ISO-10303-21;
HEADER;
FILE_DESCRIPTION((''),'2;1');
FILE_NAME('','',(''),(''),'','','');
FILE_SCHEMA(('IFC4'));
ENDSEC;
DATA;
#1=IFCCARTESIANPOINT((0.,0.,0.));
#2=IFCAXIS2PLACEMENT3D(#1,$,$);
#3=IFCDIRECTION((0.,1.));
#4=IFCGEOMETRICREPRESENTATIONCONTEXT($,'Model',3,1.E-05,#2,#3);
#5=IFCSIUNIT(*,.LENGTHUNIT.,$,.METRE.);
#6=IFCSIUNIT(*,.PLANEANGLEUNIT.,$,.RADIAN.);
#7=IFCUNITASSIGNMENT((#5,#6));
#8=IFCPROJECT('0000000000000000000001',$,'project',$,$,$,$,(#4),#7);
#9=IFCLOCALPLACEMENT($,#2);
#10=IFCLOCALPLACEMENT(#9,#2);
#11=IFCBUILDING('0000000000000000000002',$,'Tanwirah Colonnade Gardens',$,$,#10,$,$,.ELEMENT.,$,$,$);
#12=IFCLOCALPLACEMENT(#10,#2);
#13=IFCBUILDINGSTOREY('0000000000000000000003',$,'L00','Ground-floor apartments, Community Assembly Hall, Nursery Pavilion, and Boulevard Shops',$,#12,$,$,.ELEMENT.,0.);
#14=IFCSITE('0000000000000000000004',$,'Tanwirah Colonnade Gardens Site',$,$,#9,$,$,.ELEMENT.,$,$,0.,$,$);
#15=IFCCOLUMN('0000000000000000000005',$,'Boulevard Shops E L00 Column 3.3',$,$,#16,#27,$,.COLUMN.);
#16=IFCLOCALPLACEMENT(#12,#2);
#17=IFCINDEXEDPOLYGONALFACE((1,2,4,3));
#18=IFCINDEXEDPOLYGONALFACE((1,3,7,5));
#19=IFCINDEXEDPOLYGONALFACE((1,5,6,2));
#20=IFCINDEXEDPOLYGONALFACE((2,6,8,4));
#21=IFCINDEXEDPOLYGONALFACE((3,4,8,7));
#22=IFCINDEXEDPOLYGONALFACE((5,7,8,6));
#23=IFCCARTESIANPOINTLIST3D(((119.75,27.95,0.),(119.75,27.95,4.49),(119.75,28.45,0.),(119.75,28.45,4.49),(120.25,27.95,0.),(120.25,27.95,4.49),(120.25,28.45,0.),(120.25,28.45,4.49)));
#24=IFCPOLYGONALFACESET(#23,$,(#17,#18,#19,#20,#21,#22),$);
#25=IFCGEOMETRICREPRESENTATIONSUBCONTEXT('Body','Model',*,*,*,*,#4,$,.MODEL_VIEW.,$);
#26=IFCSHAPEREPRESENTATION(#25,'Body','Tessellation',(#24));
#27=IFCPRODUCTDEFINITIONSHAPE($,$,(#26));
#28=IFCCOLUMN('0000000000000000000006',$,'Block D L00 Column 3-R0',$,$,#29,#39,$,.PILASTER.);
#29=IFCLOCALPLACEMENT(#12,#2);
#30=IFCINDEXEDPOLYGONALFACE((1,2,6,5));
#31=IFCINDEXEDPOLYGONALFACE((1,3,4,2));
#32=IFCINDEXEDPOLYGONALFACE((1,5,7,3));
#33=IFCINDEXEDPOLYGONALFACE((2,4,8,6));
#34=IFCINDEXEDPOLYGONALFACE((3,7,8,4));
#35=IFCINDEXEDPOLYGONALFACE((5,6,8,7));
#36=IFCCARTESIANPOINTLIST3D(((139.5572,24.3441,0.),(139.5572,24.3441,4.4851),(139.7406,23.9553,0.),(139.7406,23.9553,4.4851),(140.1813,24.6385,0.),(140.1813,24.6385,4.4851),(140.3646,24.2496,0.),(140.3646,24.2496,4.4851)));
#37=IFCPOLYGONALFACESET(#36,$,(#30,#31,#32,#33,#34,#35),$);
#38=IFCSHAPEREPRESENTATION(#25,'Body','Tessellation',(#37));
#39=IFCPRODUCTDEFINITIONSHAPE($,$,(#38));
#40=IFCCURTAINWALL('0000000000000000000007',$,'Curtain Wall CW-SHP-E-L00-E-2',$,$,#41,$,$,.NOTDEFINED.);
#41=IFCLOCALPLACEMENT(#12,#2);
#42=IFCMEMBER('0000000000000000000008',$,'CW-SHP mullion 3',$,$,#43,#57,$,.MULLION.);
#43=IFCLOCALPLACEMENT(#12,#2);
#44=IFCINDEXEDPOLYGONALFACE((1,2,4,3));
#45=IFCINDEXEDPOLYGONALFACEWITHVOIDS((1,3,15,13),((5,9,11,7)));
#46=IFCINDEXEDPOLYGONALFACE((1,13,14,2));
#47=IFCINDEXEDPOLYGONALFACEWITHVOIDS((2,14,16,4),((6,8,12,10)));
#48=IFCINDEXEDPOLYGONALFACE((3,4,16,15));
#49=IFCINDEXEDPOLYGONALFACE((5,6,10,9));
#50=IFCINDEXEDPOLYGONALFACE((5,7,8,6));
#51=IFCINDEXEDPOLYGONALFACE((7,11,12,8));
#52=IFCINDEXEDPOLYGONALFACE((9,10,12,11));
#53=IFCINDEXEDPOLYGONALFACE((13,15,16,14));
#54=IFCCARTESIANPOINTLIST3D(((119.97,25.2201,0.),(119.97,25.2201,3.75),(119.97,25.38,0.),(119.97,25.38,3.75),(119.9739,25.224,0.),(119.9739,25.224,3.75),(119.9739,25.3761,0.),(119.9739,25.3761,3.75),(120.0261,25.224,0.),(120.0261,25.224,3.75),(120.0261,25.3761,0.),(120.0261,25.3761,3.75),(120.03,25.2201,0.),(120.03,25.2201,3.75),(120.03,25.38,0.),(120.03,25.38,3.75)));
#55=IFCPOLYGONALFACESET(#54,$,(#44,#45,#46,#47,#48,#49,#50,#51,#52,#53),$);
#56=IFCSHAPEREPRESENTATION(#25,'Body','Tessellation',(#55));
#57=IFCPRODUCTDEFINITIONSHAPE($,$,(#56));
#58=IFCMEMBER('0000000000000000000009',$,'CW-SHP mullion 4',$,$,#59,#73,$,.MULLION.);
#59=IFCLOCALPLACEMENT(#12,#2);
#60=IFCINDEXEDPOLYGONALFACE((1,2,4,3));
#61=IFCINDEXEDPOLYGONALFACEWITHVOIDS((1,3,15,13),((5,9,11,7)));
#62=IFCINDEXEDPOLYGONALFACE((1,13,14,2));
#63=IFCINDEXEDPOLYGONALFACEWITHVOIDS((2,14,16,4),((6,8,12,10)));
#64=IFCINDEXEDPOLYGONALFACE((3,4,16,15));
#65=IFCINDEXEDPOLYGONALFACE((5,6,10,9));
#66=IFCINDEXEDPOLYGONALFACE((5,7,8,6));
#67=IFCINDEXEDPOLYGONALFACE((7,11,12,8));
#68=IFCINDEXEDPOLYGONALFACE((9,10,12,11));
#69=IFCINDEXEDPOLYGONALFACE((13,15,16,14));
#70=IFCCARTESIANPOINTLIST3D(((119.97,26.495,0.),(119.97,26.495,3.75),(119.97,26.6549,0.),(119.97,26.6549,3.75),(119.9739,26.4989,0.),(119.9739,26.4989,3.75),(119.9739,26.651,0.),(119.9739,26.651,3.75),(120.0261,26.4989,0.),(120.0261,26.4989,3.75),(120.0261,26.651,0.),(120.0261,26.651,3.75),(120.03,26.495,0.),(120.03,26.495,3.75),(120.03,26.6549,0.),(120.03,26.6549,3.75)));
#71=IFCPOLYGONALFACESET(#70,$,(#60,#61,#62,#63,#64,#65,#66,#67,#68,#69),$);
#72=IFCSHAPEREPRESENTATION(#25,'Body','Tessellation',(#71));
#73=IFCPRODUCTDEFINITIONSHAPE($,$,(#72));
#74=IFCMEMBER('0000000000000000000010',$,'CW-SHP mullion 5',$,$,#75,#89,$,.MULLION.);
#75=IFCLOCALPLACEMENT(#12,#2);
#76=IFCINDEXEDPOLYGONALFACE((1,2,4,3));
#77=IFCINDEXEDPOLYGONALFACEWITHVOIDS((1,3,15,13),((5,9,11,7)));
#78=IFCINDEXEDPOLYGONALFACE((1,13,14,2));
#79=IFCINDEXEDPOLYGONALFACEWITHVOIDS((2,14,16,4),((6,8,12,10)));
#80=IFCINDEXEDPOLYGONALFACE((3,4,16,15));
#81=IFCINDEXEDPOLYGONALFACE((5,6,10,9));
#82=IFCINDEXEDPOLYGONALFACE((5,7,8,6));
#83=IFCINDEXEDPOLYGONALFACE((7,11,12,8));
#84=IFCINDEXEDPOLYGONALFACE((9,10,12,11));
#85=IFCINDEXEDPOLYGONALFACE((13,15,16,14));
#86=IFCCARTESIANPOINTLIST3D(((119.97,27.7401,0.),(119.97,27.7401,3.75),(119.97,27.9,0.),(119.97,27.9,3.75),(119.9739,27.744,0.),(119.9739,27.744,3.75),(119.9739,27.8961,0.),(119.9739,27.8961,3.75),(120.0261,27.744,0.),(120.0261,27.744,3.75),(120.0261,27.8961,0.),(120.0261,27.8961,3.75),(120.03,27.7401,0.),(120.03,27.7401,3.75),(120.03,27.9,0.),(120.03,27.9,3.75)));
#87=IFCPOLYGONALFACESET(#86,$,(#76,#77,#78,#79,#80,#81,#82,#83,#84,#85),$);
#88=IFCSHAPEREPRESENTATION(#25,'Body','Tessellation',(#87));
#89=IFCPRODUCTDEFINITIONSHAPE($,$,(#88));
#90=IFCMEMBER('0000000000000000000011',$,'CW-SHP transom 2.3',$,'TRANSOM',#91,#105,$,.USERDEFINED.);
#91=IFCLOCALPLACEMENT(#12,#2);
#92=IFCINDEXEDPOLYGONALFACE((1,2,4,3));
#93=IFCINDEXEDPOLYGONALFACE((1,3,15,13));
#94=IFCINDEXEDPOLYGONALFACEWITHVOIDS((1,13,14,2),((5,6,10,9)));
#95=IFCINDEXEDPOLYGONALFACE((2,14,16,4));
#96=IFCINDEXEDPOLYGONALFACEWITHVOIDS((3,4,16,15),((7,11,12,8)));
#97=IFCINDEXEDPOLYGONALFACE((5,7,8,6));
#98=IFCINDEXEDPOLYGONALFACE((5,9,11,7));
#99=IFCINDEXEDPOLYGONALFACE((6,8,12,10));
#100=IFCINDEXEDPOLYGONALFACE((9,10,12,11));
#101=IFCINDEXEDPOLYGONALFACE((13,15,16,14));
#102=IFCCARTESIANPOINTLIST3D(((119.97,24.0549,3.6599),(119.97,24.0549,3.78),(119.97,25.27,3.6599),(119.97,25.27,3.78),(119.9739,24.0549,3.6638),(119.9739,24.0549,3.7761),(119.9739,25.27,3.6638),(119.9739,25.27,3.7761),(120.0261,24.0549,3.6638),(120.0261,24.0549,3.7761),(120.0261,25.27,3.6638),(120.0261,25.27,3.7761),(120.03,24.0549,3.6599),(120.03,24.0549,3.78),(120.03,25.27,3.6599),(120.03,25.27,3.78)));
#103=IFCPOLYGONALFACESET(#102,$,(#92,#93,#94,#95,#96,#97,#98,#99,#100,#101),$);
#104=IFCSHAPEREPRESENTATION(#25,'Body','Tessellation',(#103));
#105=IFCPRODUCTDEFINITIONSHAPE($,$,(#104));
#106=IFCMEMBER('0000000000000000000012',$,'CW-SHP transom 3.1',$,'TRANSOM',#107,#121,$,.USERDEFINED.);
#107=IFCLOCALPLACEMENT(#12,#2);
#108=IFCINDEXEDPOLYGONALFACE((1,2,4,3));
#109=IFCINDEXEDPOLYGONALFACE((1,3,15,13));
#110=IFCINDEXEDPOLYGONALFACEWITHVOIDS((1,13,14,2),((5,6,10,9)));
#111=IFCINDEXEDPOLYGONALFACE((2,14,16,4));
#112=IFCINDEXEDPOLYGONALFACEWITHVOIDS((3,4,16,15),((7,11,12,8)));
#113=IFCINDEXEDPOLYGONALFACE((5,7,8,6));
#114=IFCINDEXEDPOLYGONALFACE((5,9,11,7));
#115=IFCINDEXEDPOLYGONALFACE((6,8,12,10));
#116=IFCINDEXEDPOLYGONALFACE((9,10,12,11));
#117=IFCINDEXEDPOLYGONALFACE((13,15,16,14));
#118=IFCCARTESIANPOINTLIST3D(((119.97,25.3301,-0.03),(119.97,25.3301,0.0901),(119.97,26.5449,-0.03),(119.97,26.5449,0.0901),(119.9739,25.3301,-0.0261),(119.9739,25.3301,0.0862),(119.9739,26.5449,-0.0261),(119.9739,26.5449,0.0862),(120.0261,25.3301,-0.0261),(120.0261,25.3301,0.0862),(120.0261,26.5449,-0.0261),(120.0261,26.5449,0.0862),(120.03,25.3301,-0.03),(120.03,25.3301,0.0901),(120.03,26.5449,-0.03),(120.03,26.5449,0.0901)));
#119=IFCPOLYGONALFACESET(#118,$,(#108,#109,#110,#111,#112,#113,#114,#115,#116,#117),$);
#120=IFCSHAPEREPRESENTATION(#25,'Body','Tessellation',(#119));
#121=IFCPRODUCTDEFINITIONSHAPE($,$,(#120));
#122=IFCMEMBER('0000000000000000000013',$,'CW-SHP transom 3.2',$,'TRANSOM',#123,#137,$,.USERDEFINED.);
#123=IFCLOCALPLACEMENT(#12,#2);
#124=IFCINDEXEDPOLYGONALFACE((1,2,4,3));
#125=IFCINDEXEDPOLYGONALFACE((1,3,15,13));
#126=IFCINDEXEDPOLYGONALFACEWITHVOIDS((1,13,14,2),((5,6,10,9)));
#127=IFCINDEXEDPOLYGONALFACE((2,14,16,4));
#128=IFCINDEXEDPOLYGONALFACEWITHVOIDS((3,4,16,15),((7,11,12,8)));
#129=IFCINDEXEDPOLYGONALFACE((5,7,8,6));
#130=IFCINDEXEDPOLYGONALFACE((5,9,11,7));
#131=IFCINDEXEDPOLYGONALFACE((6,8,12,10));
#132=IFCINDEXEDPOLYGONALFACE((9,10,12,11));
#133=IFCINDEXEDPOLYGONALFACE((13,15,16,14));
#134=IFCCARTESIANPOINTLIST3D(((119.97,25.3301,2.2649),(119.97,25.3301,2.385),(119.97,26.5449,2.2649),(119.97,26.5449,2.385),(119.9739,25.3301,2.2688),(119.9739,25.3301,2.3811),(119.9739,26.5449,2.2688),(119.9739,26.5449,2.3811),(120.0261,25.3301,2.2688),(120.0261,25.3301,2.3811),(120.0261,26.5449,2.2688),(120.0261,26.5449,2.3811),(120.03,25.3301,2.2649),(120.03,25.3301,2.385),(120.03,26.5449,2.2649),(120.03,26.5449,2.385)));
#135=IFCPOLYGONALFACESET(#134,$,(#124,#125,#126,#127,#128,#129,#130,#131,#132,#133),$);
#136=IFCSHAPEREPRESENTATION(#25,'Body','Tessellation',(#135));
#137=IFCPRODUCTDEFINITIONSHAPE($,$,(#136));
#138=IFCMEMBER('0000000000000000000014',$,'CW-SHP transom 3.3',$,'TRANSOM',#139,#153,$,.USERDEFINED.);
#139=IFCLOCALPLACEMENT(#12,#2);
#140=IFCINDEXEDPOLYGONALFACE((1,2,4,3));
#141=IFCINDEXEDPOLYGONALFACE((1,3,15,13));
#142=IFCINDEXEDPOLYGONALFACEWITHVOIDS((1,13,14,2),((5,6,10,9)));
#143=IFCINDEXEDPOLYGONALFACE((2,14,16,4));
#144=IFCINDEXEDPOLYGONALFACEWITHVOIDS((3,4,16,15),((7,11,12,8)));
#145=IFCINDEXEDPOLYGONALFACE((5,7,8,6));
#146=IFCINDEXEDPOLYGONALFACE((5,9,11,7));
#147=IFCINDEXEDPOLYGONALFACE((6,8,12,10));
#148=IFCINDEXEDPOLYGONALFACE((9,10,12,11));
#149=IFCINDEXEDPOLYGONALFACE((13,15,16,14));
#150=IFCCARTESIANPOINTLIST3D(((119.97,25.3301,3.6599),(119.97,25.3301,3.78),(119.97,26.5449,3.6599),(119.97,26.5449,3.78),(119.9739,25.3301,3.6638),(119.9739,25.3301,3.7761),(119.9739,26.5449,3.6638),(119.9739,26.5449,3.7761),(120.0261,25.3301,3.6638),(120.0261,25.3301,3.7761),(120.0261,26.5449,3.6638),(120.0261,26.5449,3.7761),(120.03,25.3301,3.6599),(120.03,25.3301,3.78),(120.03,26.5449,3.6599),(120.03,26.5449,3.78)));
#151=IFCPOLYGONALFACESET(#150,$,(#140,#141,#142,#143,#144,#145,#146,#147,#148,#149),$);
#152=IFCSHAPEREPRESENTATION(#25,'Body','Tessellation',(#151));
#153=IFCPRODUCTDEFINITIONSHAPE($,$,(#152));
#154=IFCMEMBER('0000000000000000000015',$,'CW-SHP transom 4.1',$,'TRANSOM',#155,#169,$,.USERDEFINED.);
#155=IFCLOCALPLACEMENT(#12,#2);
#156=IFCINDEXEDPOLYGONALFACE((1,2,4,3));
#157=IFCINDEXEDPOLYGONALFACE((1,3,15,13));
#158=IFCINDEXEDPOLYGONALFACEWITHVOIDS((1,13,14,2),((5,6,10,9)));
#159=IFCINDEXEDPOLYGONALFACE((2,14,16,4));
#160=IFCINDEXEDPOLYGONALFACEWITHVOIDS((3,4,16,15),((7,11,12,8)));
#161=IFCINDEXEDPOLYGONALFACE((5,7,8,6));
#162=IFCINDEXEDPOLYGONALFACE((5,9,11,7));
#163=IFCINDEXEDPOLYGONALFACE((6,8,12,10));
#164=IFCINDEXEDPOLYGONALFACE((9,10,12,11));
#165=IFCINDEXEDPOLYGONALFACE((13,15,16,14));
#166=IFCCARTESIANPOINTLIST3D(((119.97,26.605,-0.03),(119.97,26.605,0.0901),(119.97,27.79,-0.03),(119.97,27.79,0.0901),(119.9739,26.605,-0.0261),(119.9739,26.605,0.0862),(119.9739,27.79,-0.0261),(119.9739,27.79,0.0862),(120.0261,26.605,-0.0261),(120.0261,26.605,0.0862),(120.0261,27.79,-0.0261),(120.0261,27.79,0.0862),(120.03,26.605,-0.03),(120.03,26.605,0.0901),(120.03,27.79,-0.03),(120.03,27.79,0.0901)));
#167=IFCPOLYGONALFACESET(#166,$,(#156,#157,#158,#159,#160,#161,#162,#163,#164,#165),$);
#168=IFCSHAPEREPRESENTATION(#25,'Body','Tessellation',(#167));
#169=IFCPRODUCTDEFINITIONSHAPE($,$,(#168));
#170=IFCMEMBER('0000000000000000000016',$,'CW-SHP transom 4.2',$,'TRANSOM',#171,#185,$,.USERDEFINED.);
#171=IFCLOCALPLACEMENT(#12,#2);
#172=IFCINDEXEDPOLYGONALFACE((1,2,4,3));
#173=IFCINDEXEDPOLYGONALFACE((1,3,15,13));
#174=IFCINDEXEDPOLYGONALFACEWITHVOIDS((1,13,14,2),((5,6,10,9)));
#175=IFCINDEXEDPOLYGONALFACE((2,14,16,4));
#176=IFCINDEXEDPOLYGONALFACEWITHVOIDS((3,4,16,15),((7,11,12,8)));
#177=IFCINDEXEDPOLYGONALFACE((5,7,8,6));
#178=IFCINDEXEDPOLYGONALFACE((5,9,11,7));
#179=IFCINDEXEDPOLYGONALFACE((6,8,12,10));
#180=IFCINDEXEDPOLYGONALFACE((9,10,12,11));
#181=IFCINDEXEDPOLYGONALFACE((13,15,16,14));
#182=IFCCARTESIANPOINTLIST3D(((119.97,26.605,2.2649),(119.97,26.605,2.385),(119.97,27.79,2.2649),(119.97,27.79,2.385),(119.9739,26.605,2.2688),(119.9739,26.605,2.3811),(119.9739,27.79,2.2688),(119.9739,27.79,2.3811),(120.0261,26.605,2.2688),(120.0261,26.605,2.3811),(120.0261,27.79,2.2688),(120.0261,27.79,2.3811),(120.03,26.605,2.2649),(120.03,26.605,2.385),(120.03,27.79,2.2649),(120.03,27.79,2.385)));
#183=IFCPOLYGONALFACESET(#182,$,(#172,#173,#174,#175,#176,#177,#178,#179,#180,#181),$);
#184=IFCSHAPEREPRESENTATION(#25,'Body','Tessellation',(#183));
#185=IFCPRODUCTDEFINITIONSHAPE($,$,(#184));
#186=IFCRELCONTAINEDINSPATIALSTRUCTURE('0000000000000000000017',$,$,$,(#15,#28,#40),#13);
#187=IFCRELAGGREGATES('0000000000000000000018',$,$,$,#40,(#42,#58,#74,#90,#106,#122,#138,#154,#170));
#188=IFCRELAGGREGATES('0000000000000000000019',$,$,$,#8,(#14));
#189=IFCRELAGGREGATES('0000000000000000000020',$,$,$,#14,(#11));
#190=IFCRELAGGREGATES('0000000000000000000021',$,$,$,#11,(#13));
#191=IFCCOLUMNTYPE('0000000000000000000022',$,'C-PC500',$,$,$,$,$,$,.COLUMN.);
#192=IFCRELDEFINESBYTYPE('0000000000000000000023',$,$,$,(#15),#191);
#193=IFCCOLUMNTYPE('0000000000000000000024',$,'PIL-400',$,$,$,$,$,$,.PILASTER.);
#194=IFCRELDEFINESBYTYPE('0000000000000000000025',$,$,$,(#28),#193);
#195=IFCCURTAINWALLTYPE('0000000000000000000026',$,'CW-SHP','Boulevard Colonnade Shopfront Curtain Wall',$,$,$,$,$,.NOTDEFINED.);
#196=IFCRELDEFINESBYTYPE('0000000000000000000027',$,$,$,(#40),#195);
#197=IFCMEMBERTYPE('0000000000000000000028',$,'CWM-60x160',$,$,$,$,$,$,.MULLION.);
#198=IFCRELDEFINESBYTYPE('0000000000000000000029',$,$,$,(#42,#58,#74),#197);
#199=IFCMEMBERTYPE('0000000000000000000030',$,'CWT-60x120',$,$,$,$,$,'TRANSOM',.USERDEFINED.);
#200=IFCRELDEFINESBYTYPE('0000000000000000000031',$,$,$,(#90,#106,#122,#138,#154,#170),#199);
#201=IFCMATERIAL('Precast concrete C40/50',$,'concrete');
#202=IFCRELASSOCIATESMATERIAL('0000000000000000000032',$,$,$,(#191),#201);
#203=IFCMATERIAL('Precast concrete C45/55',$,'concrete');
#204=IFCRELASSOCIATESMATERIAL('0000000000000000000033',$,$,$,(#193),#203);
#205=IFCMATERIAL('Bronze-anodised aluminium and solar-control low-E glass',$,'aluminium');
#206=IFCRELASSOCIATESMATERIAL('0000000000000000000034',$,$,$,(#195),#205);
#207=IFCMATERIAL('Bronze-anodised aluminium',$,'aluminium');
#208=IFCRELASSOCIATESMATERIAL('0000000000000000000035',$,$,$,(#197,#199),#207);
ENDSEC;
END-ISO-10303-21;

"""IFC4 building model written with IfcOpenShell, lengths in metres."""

from ifc_helpers import new_model, si_unit, direction, frame, origin, origin_2d, place, context, subcontext, project, spatial, rectangle, hollow_rectangle, extrude, material, material_profile, profile_set, type_object, element, aggregate, save


model = new_model("IFC4")

# Units and contexts
model_context = context("Model", 3, precision=1e-05, world=origin(), true_north=direction((0.0, 1.0)))
body_context = subcontext(model_context, "Body", "Model", "MODEL_VIEW")
ifc_project = project(units=[si_unit("LENGTHUNIT", "METRE"), si_unit("PLANEANGLEUNIT", "RADIAN")], contexts=[model_context])

# Site, building, storey
site_placement = place(None, origin())
site = spatial("IfcSite", under=ifc_project, at=site_placement, Name="Tanwirah Colonnade Gardens Site", CompositionType="ELEMENT", RefElevation=0.0)
building_placement = place(site_placement, origin())
building = spatial("IfcBuilding", under=site, at=building_placement, Name="Tanwirah Colonnade Gardens", CompositionType="ELEMENT")
storey_placement = place(building_placement, origin())
storey = spatial("IfcBuildingStorey", under=building, at=storey_placement, Name="L00", Description="Ground-floor apartments, Community Assembly Hall, Nursery Pavilion, and Boulevard Shops", CompositionType="ELEMENT", Elevation=0.0)

# Columns
ifc_material_1 = material(Name="Precast concrete C40/50", Category="concrete")
ifc_material_profile_1 = material_profile(ifc_material_1, rectangle(XDim=0.5, YDim=0.5, at=origin_2d()), Name="PC-COL 500x500")
ifc_profile_set_1 = profile_set([ifc_material_profile_1], Name="Precast concrete C40/50")
column_type_1 = type_object("IfcColumnType", Name="C-PC500", PredefinedType="COLUMN", material=ifc_profile_set_1)
column_1_placement = place(storey_placement, frame((120.0, 28.2, 0.0), z_axis=(0.0, 0.0, 1.0), x_axis=(1.0, 0.0, 0.0)))
element("IfcColumn", 1, at=column_1_placement, inside=storey, type_object=column_type_1, Name="Boulevard Shops E L00 Column 3.3", PredefinedType="COLUMN", context=body_context, shape_type="SweptSolid", body=[
    extrude(rectangle(XDim=0.5, YDim=0.5, at=origin_2d()), origin(), (0.0, 0.0, 1.0), 4.49),
])
ifc_material_2 = material(Name="Precast concrete C45/55", Category="concrete")
ifc_material_profile_2 = material_profile(ifc_material_2, rectangle(XDim=0.4299, YDim=0.6899, at=origin_2d()), Name="PC-PIL 430x690")
ifc_profile_set_2 = profile_set([ifc_material_profile_2], Name="Precast concrete C45/55")
column_type_2 = type_object("IfcColumnType", Name="PIL-400", PredefinedType="PILASTER", material=ifc_profile_set_2)
column_2_placement = place(storey_placement, frame((139.9609, 24.2969, 0.0), z_axis=(0.0, 0.0, 1.0), x_axis=(0.426569, -0.904455, 0.0)))
element("IfcColumn", 2, at=column_2_placement, inside=storey, type_object=column_type_2, Name="Block D L00 Column 3-R0", PredefinedType="PILASTER", context=body_context, shape_type="SweptSolid", body=[
    extrude(rectangle(XDim=0.4299, YDim=0.6899, at=origin_2d()), origin(), (0.0, 0.0, 1.0), 4.4851),
])

# Curtain wall, members
ifc_material_3 = material(Name="Bronze-anodised aluminium and solar-control low-E glass", Category="aluminium")
curtain_wall_type = type_object("IfcCurtainWallType", Name="CW-SHP", Description="Boulevard Colonnade Shopfront Curtain Wall", PredefinedType="NOTDEFINED", material=ifc_material_3)
curtain_wall_placement = place(storey_placement, origin())
curtain_wall = element("IfcCurtainWall", 3, at=curtain_wall_placement, inside=storey, type_object=curtain_wall_type, Name="Curtain Wall CW-SHP-E-L00-E-2", PredefinedType="NOTDEFINED")
ifc_material_4 = material(Name="Bronze-anodised aluminium", Category="aluminium")
ifc_material_profile_3 = material_profile(ifc_material_4, hollow_rectangle(XDim=0.0601, YDim=0.1599, WallThickness=0.0039, at=origin_2d()), Name="CW-MUL 60x160x4")
ifc_profile_set_3 = profile_set([ifc_material_profile_3], Name="Bronze-anodised aluminium")
member_type_1 = type_object("IfcMemberType", Name="CWM-60x160", PredefinedType="MULLION", material=ifc_profile_set_3)
member_1_placement = place(storey_placement, frame((120.0, 25.3, 0.0), z_axis=(0.0, 0.0, 1.0), x_axis=(-1.0, 0.0, 0.0)))
member_1 = element("IfcMember", 4, at=member_1_placement, type_object=member_type_1, Name="CW-SHP mullion 3", PredefinedType="MULLION", context=body_context, shape_type="SweptSolid", body=[
    extrude(hollow_rectangle(XDim=0.0601, YDim=0.1599, WallThickness=0.0039, at=origin_2d()), origin(), (0.0, 0.0, 1.0), 3.75),
])
member_2_placement = place(storey_placement, frame((120.0, 26.575, 0.0), z_axis=(0.0, 0.0, 1.0), x_axis=(-1.0, 0.0, 0.0)))
member_2 = element("IfcMember", 5, at=member_2_placement, type_object=member_type_1, Name="CW-SHP mullion 4", PredefinedType="MULLION", context=body_context, shape_type="SweptSolid", body=[
    extrude(hollow_rectangle(XDim=0.0601, YDim=0.1599, WallThickness=0.0039, at=origin_2d()), origin(), (0.0, 0.0, 1.0), 3.75),
])
member_3_placement = place(storey_placement, frame((120.0, 27.8201, 0.0), z_axis=(0.0, 0.0, 1.0), x_axis=(-1.0, 0.0, 0.0)))
member_3 = element("IfcMember", 6, at=member_3_placement, type_object=member_type_1, Name="CW-SHP mullion 5", PredefinedType="MULLION", context=body_context, shape_type="SweptSolid", body=[
    extrude(hollow_rectangle(XDim=0.0601, YDim=0.1599, WallThickness=0.0039, at=origin_2d()), origin(), (0.0, 0.0, 1.0), 3.75),
])
ifc_material_profile_4 = material_profile(ifc_material_4, hollow_rectangle(XDim=0.0601, YDim=0.1201, WallThickness=0.0039, at=origin_2d()), Name="CW-TRN 60x120x4")
ifc_profile_set_4 = profile_set([ifc_material_profile_4], Name="Bronze-anodised aluminium")
member_type_2 = type_object("IfcMemberType", Name="CWT-60x120", ElementType="TRANSOM", PredefinedType="USERDEFINED", material=ifc_profile_set_4)
member_4_placement = place(storey_placement, frame((120.0, 24.0549, 3.72), z_axis=(0.0, 1.0, 0.0), x_axis=(-1.0, 0.0, 0.0)))
member_4 = element("IfcMember", 7, at=member_4_placement, type_object=member_type_2, Name="CW-SHP transom 2.3", ObjectType="TRANSOM", PredefinedType="USERDEFINED", context=body_context, shape_type="SweptSolid", body=[
    extrude(hollow_rectangle(XDim=0.0601, YDim=0.1201, WallThickness=0.0039, at=origin_2d()), origin(), (0.0, 0.0, 1.0), 1.2151),
])
member_5_placement = place(storey_placement, frame((120.0, 25.3301, 0.03), z_axis=(0.0, 1.0, 0.0), x_axis=(-1.0, 0.0, 0.0)))
member_5 = element("IfcMember", 8, at=member_5_placement, type_object=member_type_2, Name="CW-SHP transom 3.1", ObjectType="TRANSOM", PredefinedType="USERDEFINED", context=body_context, shape_type="SweptSolid", body=[
    extrude(hollow_rectangle(XDim=0.0601, YDim=0.1201, WallThickness=0.0039, at=origin_2d()), origin(), (0.0, 0.0, 1.0), 1.2148),
])
member_6_placement = place(storey_placement, frame((120.0, 25.3301, 2.325), z_axis=(0.0, 1.0, 0.0), x_axis=(-1.0, 0.0, 0.0)))
member_6 = element("IfcMember", 9, at=member_6_placement, type_object=member_type_2, Name="CW-SHP transom 3.2", ObjectType="TRANSOM", PredefinedType="USERDEFINED", context=body_context, shape_type="SweptSolid", body=[
    extrude(hollow_rectangle(XDim=0.0601, YDim=0.1201, WallThickness=0.0039, at=origin_2d()), origin(), (0.0, 0.0, 1.0), 1.2148),
])
member_7_placement = place(storey_placement, frame((120.0, 25.3301, 3.72), z_axis=(0.0, 1.0, 0.0), x_axis=(-1.0, 0.0, 0.0)))
member_7 = element("IfcMember", 10, at=member_7_placement, type_object=member_type_2, Name="CW-SHP transom 3.3", ObjectType="TRANSOM", PredefinedType="USERDEFINED", context=body_context, shape_type="SweptSolid", body=[
    extrude(hollow_rectangle(XDim=0.0601, YDim=0.1201, WallThickness=0.0039, at=origin_2d()), origin(), (0.0, 0.0, 1.0), 1.2148),
])
member_8_placement = place(storey_placement, frame((120.0, 26.605, 0.03), z_axis=(0.0, 1.0, 0.0), x_axis=(-1.0, 0.0, 0.0)))
member_8 = element("IfcMember", 11, at=member_8_placement, type_object=member_type_2, Name="CW-SHP transom 4.1", ObjectType="TRANSOM", PredefinedType="USERDEFINED", context=body_context, shape_type="SweptSolid", body=[
    extrude(hollow_rectangle(XDim=0.0601, YDim=0.1201, WallThickness=0.0039, at=origin_2d()), origin(), (0.0, 0.0, 1.0), 1.1851),
])
member_9_placement = place(storey_placement, frame((120.0, 26.605, 2.325), z_axis=(0.0, 1.0, 0.0), x_axis=(-1.0, 0.0, 0.0)))
member_9 = element("IfcMember", 12, at=member_9_placement, type_object=member_type_2, Name="CW-SHP transom 4.2", ObjectType="TRANSOM", PredefinedType="USERDEFINED", context=body_context, shape_type="SweptSolid", body=[
    extrude(hollow_rectangle(XDim=0.0601, YDim=0.1201, WallThickness=0.0039, at=origin_2d()), origin(), (0.0, 0.0, 1.0), 1.1851),
])
aggregate(curtain_wall, [member_1, member_2, member_3, member_4, member_5, member_6, member_7, member_8, member_9])

save(model, "model.ifc")
